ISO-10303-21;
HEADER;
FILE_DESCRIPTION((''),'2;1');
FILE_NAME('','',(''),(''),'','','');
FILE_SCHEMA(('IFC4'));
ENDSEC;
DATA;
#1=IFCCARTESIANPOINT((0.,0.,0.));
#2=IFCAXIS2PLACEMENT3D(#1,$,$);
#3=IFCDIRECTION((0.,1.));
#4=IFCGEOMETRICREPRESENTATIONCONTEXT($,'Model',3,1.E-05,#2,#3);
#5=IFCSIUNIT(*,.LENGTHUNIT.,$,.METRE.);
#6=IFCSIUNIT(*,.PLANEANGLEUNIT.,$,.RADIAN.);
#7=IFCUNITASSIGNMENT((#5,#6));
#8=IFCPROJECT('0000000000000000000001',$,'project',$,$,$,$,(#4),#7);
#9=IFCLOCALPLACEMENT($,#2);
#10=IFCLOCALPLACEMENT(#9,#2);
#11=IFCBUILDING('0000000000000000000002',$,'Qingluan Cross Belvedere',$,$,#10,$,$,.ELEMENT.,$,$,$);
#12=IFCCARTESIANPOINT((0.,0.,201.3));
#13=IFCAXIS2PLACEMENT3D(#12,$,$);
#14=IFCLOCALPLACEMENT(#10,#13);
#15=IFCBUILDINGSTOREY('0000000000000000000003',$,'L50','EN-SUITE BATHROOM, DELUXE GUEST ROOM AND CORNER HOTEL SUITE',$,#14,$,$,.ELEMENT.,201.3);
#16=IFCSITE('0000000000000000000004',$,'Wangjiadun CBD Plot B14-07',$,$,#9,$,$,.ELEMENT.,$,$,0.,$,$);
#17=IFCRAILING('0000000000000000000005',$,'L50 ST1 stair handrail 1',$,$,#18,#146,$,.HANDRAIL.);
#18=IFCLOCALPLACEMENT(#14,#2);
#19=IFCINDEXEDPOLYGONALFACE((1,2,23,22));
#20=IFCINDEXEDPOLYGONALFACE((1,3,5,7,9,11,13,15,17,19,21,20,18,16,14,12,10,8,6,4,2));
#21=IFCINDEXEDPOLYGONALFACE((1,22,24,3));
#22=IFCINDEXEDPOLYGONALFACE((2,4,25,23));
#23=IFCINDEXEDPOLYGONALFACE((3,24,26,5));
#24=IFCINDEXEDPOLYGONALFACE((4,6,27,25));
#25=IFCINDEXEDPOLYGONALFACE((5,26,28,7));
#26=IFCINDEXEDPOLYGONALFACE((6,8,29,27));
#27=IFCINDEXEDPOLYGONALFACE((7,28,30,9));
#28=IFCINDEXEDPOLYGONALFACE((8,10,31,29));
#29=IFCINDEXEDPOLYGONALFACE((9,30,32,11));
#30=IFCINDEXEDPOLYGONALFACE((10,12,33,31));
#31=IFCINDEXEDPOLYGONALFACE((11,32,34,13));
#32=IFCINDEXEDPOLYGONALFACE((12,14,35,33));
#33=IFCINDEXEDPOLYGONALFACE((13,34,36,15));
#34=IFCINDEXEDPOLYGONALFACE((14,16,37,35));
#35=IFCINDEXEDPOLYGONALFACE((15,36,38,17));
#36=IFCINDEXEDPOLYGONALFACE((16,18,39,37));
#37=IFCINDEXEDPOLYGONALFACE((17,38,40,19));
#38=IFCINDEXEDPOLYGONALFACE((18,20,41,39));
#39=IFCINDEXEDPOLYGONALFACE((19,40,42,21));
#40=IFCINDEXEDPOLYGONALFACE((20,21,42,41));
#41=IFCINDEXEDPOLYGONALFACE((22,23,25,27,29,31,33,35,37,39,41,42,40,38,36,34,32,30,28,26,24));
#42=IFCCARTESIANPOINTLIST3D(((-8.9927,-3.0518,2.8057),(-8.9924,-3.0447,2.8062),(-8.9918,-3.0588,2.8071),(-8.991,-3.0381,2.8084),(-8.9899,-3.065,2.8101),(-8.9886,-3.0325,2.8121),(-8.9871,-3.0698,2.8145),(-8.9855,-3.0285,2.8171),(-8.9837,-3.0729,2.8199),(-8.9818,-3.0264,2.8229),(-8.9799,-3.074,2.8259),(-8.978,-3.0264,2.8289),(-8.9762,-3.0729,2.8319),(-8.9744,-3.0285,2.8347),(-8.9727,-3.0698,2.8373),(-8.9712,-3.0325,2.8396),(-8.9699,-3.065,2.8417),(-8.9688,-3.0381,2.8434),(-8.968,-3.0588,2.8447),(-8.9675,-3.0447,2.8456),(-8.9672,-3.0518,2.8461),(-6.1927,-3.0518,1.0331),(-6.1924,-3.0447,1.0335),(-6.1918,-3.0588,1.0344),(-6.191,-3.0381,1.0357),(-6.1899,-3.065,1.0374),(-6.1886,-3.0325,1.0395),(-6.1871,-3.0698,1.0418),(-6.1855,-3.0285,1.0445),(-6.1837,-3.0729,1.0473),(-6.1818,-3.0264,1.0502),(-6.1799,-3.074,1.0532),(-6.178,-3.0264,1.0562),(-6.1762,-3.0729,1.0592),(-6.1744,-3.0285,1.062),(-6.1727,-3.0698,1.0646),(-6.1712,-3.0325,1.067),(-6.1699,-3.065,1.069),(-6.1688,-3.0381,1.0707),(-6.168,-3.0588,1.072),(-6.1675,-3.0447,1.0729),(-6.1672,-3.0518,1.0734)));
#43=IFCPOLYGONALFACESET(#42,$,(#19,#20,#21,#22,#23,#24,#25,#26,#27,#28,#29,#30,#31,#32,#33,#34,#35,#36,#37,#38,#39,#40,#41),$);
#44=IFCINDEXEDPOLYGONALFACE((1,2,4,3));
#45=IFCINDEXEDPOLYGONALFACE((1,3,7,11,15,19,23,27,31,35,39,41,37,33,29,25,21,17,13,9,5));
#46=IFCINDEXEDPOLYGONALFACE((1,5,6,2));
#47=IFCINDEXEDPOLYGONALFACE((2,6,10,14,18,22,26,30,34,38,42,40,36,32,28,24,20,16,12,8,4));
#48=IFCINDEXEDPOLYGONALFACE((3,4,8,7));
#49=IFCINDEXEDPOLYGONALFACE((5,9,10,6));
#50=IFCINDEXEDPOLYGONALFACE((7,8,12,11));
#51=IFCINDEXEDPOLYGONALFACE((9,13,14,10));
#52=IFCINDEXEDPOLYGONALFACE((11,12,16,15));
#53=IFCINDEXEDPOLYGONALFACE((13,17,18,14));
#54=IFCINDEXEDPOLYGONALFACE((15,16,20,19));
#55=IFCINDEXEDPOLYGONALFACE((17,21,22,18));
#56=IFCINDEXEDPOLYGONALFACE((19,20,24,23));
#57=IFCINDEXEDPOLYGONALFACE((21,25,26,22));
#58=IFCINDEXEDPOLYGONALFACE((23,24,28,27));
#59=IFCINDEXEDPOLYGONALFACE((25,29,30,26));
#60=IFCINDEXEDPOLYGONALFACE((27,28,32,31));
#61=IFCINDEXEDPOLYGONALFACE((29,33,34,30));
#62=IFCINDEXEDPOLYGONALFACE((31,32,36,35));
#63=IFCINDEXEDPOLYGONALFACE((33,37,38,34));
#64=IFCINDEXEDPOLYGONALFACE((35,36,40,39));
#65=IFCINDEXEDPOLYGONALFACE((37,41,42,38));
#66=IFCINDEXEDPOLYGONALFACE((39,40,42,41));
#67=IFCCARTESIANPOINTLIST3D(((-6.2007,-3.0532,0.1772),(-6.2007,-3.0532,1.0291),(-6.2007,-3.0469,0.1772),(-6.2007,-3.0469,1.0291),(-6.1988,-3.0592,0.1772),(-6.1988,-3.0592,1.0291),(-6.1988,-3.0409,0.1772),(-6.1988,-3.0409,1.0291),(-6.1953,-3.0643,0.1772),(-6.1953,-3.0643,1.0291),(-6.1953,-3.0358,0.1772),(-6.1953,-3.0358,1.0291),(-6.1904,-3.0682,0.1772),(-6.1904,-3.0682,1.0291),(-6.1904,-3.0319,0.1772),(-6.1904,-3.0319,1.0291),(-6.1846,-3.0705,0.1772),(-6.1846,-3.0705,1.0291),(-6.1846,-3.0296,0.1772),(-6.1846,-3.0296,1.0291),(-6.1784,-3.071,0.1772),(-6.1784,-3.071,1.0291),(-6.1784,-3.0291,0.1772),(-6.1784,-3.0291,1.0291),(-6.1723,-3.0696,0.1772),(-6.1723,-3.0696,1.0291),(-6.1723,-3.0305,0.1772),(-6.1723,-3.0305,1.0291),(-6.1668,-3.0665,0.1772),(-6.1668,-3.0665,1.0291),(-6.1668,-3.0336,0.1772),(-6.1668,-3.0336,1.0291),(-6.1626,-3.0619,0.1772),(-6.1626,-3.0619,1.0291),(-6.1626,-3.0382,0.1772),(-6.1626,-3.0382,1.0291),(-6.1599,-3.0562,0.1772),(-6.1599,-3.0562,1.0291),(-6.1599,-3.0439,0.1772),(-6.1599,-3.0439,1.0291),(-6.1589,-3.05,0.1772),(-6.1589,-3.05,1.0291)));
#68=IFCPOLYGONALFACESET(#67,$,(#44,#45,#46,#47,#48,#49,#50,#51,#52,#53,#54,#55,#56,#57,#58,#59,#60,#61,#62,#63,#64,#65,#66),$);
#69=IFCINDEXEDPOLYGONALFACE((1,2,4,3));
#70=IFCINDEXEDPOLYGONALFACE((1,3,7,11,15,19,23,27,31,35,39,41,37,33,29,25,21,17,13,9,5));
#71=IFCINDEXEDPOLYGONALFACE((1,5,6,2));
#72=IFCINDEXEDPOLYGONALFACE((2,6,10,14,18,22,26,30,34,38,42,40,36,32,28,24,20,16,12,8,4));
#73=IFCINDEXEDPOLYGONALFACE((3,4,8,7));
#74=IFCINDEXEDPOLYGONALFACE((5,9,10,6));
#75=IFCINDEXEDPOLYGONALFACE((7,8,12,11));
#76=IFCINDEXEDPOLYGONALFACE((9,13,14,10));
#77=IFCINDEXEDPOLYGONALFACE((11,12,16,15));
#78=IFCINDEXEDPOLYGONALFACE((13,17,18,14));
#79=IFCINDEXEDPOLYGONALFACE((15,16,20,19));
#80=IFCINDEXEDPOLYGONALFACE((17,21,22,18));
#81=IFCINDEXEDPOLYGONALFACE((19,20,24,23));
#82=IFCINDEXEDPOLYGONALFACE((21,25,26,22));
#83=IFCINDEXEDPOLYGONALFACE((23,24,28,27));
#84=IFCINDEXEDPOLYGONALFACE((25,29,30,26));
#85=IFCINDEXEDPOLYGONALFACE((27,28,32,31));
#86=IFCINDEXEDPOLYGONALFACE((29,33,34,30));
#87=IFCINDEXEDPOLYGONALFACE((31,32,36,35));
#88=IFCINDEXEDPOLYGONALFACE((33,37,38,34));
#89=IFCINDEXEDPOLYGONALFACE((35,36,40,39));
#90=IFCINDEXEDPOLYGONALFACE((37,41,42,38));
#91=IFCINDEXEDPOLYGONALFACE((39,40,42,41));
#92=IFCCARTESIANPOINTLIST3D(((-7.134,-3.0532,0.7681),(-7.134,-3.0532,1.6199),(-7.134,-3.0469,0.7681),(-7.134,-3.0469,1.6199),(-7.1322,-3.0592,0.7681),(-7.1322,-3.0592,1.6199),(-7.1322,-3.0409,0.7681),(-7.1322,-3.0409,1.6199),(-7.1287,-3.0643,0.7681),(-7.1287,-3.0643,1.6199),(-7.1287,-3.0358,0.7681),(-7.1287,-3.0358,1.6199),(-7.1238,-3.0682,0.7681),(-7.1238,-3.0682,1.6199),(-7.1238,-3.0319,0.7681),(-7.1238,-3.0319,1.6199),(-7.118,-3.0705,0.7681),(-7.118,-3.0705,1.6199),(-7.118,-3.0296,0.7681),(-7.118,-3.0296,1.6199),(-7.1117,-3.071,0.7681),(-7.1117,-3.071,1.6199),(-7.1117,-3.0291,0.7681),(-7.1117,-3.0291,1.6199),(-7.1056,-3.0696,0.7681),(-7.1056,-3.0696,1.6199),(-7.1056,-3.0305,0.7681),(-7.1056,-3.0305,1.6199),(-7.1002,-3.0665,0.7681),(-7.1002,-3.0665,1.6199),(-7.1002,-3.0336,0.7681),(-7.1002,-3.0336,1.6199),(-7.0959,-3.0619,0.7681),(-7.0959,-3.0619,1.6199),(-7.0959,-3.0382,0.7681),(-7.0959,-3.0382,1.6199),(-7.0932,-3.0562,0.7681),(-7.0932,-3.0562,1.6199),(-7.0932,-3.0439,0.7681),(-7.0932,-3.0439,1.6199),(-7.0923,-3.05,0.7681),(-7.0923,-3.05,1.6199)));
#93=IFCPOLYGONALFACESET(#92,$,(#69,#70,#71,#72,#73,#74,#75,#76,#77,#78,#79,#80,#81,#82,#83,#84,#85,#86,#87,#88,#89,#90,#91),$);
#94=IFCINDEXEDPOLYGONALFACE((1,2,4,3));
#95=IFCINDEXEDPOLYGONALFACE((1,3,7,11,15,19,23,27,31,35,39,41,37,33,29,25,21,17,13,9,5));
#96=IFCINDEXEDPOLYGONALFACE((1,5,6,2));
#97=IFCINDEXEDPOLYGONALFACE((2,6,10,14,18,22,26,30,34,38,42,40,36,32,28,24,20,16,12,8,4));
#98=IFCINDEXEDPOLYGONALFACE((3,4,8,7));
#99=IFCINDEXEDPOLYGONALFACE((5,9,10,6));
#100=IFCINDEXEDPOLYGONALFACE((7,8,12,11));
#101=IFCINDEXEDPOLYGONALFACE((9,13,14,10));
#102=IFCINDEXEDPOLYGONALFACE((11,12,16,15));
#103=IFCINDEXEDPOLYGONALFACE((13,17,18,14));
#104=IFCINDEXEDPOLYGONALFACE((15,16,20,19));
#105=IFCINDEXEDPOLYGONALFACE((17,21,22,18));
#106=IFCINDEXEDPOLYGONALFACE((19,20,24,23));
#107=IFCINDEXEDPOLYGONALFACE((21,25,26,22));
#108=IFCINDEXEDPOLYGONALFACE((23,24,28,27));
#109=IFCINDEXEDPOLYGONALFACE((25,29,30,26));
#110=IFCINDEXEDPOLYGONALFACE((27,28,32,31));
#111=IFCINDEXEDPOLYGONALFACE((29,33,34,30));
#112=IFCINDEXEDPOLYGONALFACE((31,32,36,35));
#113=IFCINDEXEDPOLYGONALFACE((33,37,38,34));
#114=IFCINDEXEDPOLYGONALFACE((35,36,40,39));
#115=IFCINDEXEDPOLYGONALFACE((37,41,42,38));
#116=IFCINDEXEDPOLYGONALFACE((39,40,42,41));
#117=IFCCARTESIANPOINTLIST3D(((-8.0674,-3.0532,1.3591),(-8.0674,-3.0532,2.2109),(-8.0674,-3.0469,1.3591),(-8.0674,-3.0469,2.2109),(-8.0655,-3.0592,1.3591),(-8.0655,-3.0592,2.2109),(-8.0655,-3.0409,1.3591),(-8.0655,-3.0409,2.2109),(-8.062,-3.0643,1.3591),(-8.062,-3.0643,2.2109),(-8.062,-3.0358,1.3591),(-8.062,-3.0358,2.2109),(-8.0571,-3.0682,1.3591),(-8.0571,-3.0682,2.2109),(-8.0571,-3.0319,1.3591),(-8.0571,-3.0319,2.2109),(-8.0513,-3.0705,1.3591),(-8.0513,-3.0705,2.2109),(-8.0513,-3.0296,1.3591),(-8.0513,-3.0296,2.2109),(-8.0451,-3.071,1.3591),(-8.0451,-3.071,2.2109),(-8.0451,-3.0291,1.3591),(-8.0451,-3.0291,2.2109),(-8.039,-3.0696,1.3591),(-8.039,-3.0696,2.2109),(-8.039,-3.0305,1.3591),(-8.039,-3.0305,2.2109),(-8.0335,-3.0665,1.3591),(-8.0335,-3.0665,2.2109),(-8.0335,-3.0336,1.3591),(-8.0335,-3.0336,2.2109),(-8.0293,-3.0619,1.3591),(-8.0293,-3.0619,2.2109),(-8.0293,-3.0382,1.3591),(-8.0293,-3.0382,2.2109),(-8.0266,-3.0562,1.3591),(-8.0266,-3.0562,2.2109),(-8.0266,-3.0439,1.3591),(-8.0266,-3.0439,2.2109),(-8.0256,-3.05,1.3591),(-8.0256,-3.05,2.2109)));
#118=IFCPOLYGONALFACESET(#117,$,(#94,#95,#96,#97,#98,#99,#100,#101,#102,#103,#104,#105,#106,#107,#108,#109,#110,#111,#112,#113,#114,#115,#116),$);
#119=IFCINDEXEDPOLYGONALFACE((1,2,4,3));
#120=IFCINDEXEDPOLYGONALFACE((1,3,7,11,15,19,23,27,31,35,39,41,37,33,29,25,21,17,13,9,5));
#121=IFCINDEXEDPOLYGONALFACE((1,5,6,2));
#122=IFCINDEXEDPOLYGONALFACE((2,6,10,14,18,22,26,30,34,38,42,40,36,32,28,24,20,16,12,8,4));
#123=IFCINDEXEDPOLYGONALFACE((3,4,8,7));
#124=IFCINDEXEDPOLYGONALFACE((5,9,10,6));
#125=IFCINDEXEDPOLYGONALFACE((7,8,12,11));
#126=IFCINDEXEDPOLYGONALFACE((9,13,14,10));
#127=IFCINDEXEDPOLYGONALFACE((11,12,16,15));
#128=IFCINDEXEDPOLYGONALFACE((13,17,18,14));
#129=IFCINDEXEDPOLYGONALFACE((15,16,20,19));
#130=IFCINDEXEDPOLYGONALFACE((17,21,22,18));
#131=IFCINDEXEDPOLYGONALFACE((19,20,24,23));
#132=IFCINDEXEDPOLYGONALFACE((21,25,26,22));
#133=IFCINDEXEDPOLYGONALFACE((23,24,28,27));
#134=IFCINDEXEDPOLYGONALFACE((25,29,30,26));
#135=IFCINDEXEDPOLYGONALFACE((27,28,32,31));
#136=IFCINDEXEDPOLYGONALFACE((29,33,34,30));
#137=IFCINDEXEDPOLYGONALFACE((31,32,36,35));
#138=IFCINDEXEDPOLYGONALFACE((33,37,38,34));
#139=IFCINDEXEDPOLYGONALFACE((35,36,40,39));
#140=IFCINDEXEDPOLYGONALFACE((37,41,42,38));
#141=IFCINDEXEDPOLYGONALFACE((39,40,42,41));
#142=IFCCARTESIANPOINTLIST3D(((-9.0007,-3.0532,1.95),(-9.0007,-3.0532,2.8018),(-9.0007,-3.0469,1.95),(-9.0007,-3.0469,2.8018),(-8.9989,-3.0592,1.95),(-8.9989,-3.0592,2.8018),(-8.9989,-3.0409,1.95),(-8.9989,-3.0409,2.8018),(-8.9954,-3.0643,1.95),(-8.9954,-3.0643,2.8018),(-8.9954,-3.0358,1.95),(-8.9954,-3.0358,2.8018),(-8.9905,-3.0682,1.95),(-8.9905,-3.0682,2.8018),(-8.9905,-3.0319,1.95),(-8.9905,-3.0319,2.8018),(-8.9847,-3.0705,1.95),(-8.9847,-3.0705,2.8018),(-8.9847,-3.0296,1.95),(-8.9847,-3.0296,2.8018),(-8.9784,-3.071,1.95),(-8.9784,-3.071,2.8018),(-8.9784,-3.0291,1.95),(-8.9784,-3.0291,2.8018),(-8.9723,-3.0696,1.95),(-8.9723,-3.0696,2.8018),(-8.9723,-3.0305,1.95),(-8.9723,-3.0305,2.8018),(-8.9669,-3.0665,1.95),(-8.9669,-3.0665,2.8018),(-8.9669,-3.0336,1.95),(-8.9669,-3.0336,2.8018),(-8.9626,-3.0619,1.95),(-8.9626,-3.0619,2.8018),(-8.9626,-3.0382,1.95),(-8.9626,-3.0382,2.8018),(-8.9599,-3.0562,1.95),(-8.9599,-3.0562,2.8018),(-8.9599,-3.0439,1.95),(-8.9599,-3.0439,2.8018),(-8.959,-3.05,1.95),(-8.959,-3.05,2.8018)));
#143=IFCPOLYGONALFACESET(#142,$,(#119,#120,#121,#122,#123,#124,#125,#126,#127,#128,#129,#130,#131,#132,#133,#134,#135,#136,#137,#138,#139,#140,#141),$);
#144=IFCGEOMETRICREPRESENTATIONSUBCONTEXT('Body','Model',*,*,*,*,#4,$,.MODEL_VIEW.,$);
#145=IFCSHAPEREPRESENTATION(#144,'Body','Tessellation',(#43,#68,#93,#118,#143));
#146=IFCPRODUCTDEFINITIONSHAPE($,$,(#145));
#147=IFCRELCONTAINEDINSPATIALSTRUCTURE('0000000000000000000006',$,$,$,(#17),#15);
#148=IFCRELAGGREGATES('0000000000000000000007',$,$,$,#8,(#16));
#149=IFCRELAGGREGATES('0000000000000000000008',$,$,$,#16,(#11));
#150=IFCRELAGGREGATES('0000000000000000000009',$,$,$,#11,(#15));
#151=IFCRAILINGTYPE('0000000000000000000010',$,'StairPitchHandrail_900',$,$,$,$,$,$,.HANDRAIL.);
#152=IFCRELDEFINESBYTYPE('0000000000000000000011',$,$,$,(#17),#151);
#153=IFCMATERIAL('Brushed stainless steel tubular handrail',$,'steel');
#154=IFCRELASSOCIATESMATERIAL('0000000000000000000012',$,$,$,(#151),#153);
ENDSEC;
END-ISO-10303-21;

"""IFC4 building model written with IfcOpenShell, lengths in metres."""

from ifc_helpers import new_model, si_unit, direction, frame, origin, origin_2d, place, context, subcontext, project, spatial, circle, extrude, material, type_object, element, save


model = new_model("IFC4")

# Units and contexts
model_context = context("Model", 3, precision=1e-05, world=origin(), true_north=direction((0.0, 1.0)))
body_context = subcontext(model_context, "Body", "Model", "MODEL_VIEW")
ifc_project = project(units=[si_unit("LENGTHUNIT", "METRE"), si_unit("PLANEANGLEUNIT", "RADIAN")], contexts=[model_context])

# Site, building, storey
site_placement = place(None, origin())
site = spatial("IfcSite", under=ifc_project, at=site_placement, Name="Wangjiadun CBD Plot B14-07", CompositionType="ELEMENT", RefElevation=0.0)
building_placement = place(site_placement, origin())
building = spatial("IfcBuilding", under=site, at=building_placement, Name="Qingluan Cross Belvedere", CompositionType="ELEMENT")
storey_placement = place(building_placement, frame((0.0, 0.0, 201.3)))
storey = spatial("IfcBuildingStorey", under=building, at=storey_placement, Name="L50", Description="EN-SUITE BATHROOM, DELUXE GUEST ROOM AND CORNER HOTEL SUITE", CompositionType="ELEMENT", Elevation=201.3)

# Railing
ifc_material_1 = material(Name="Brushed stainless steel tubular handrail", Category="steel")
railing_type_1 = type_object("IfcRailingType", Name="StairPitchHandrail_900", PredefinedType="HANDRAIL", material=ifc_material_1)
railing_1_placement = place(storey_placement, frame((-6.1799, -3.05, 0.1772)))
element("IfcRailing", 1, at=railing_1_placement, inside=storey, type_object=railing_type_1, Name="L50 ST1 stair handrail 1", PredefinedType="HANDRAIL", context=body_context, shape_type="SweptSolid", body=[
    extrude(circle(Radius=0.0239, at=origin_2d()), frame((0.0, 0.0, 0.876), z_axis=(-0.844909, 0.0, 0.53491), x_axis=(0.0, -1.0, 0.0)), (0.0, 0.0, 1.0), 3.314),
    extrude(circle(Radius=0.021, at=origin_2d()), origin(), (0.0, 0.0, 1.0), 0.8518),
    extrude(circle(Radius=0.021, at=origin_2d()), frame((-0.9333, 0.0, 0.5908)), (0.0, 0.0, 1.0), 0.8518),
    extrude(circle(Radius=0.021, at=origin_2d()), frame((-1.8667, 0.0, 1.1819)), (0.0, 0.0, 1.0), 0.8518),
    extrude(circle(Radius=0.021, at=origin_2d()), frame((-2.8, 0.0, 1.7727)), (0.0, 0.0, 1.0), 0.8518),
])

save(model, "model.ifc")
